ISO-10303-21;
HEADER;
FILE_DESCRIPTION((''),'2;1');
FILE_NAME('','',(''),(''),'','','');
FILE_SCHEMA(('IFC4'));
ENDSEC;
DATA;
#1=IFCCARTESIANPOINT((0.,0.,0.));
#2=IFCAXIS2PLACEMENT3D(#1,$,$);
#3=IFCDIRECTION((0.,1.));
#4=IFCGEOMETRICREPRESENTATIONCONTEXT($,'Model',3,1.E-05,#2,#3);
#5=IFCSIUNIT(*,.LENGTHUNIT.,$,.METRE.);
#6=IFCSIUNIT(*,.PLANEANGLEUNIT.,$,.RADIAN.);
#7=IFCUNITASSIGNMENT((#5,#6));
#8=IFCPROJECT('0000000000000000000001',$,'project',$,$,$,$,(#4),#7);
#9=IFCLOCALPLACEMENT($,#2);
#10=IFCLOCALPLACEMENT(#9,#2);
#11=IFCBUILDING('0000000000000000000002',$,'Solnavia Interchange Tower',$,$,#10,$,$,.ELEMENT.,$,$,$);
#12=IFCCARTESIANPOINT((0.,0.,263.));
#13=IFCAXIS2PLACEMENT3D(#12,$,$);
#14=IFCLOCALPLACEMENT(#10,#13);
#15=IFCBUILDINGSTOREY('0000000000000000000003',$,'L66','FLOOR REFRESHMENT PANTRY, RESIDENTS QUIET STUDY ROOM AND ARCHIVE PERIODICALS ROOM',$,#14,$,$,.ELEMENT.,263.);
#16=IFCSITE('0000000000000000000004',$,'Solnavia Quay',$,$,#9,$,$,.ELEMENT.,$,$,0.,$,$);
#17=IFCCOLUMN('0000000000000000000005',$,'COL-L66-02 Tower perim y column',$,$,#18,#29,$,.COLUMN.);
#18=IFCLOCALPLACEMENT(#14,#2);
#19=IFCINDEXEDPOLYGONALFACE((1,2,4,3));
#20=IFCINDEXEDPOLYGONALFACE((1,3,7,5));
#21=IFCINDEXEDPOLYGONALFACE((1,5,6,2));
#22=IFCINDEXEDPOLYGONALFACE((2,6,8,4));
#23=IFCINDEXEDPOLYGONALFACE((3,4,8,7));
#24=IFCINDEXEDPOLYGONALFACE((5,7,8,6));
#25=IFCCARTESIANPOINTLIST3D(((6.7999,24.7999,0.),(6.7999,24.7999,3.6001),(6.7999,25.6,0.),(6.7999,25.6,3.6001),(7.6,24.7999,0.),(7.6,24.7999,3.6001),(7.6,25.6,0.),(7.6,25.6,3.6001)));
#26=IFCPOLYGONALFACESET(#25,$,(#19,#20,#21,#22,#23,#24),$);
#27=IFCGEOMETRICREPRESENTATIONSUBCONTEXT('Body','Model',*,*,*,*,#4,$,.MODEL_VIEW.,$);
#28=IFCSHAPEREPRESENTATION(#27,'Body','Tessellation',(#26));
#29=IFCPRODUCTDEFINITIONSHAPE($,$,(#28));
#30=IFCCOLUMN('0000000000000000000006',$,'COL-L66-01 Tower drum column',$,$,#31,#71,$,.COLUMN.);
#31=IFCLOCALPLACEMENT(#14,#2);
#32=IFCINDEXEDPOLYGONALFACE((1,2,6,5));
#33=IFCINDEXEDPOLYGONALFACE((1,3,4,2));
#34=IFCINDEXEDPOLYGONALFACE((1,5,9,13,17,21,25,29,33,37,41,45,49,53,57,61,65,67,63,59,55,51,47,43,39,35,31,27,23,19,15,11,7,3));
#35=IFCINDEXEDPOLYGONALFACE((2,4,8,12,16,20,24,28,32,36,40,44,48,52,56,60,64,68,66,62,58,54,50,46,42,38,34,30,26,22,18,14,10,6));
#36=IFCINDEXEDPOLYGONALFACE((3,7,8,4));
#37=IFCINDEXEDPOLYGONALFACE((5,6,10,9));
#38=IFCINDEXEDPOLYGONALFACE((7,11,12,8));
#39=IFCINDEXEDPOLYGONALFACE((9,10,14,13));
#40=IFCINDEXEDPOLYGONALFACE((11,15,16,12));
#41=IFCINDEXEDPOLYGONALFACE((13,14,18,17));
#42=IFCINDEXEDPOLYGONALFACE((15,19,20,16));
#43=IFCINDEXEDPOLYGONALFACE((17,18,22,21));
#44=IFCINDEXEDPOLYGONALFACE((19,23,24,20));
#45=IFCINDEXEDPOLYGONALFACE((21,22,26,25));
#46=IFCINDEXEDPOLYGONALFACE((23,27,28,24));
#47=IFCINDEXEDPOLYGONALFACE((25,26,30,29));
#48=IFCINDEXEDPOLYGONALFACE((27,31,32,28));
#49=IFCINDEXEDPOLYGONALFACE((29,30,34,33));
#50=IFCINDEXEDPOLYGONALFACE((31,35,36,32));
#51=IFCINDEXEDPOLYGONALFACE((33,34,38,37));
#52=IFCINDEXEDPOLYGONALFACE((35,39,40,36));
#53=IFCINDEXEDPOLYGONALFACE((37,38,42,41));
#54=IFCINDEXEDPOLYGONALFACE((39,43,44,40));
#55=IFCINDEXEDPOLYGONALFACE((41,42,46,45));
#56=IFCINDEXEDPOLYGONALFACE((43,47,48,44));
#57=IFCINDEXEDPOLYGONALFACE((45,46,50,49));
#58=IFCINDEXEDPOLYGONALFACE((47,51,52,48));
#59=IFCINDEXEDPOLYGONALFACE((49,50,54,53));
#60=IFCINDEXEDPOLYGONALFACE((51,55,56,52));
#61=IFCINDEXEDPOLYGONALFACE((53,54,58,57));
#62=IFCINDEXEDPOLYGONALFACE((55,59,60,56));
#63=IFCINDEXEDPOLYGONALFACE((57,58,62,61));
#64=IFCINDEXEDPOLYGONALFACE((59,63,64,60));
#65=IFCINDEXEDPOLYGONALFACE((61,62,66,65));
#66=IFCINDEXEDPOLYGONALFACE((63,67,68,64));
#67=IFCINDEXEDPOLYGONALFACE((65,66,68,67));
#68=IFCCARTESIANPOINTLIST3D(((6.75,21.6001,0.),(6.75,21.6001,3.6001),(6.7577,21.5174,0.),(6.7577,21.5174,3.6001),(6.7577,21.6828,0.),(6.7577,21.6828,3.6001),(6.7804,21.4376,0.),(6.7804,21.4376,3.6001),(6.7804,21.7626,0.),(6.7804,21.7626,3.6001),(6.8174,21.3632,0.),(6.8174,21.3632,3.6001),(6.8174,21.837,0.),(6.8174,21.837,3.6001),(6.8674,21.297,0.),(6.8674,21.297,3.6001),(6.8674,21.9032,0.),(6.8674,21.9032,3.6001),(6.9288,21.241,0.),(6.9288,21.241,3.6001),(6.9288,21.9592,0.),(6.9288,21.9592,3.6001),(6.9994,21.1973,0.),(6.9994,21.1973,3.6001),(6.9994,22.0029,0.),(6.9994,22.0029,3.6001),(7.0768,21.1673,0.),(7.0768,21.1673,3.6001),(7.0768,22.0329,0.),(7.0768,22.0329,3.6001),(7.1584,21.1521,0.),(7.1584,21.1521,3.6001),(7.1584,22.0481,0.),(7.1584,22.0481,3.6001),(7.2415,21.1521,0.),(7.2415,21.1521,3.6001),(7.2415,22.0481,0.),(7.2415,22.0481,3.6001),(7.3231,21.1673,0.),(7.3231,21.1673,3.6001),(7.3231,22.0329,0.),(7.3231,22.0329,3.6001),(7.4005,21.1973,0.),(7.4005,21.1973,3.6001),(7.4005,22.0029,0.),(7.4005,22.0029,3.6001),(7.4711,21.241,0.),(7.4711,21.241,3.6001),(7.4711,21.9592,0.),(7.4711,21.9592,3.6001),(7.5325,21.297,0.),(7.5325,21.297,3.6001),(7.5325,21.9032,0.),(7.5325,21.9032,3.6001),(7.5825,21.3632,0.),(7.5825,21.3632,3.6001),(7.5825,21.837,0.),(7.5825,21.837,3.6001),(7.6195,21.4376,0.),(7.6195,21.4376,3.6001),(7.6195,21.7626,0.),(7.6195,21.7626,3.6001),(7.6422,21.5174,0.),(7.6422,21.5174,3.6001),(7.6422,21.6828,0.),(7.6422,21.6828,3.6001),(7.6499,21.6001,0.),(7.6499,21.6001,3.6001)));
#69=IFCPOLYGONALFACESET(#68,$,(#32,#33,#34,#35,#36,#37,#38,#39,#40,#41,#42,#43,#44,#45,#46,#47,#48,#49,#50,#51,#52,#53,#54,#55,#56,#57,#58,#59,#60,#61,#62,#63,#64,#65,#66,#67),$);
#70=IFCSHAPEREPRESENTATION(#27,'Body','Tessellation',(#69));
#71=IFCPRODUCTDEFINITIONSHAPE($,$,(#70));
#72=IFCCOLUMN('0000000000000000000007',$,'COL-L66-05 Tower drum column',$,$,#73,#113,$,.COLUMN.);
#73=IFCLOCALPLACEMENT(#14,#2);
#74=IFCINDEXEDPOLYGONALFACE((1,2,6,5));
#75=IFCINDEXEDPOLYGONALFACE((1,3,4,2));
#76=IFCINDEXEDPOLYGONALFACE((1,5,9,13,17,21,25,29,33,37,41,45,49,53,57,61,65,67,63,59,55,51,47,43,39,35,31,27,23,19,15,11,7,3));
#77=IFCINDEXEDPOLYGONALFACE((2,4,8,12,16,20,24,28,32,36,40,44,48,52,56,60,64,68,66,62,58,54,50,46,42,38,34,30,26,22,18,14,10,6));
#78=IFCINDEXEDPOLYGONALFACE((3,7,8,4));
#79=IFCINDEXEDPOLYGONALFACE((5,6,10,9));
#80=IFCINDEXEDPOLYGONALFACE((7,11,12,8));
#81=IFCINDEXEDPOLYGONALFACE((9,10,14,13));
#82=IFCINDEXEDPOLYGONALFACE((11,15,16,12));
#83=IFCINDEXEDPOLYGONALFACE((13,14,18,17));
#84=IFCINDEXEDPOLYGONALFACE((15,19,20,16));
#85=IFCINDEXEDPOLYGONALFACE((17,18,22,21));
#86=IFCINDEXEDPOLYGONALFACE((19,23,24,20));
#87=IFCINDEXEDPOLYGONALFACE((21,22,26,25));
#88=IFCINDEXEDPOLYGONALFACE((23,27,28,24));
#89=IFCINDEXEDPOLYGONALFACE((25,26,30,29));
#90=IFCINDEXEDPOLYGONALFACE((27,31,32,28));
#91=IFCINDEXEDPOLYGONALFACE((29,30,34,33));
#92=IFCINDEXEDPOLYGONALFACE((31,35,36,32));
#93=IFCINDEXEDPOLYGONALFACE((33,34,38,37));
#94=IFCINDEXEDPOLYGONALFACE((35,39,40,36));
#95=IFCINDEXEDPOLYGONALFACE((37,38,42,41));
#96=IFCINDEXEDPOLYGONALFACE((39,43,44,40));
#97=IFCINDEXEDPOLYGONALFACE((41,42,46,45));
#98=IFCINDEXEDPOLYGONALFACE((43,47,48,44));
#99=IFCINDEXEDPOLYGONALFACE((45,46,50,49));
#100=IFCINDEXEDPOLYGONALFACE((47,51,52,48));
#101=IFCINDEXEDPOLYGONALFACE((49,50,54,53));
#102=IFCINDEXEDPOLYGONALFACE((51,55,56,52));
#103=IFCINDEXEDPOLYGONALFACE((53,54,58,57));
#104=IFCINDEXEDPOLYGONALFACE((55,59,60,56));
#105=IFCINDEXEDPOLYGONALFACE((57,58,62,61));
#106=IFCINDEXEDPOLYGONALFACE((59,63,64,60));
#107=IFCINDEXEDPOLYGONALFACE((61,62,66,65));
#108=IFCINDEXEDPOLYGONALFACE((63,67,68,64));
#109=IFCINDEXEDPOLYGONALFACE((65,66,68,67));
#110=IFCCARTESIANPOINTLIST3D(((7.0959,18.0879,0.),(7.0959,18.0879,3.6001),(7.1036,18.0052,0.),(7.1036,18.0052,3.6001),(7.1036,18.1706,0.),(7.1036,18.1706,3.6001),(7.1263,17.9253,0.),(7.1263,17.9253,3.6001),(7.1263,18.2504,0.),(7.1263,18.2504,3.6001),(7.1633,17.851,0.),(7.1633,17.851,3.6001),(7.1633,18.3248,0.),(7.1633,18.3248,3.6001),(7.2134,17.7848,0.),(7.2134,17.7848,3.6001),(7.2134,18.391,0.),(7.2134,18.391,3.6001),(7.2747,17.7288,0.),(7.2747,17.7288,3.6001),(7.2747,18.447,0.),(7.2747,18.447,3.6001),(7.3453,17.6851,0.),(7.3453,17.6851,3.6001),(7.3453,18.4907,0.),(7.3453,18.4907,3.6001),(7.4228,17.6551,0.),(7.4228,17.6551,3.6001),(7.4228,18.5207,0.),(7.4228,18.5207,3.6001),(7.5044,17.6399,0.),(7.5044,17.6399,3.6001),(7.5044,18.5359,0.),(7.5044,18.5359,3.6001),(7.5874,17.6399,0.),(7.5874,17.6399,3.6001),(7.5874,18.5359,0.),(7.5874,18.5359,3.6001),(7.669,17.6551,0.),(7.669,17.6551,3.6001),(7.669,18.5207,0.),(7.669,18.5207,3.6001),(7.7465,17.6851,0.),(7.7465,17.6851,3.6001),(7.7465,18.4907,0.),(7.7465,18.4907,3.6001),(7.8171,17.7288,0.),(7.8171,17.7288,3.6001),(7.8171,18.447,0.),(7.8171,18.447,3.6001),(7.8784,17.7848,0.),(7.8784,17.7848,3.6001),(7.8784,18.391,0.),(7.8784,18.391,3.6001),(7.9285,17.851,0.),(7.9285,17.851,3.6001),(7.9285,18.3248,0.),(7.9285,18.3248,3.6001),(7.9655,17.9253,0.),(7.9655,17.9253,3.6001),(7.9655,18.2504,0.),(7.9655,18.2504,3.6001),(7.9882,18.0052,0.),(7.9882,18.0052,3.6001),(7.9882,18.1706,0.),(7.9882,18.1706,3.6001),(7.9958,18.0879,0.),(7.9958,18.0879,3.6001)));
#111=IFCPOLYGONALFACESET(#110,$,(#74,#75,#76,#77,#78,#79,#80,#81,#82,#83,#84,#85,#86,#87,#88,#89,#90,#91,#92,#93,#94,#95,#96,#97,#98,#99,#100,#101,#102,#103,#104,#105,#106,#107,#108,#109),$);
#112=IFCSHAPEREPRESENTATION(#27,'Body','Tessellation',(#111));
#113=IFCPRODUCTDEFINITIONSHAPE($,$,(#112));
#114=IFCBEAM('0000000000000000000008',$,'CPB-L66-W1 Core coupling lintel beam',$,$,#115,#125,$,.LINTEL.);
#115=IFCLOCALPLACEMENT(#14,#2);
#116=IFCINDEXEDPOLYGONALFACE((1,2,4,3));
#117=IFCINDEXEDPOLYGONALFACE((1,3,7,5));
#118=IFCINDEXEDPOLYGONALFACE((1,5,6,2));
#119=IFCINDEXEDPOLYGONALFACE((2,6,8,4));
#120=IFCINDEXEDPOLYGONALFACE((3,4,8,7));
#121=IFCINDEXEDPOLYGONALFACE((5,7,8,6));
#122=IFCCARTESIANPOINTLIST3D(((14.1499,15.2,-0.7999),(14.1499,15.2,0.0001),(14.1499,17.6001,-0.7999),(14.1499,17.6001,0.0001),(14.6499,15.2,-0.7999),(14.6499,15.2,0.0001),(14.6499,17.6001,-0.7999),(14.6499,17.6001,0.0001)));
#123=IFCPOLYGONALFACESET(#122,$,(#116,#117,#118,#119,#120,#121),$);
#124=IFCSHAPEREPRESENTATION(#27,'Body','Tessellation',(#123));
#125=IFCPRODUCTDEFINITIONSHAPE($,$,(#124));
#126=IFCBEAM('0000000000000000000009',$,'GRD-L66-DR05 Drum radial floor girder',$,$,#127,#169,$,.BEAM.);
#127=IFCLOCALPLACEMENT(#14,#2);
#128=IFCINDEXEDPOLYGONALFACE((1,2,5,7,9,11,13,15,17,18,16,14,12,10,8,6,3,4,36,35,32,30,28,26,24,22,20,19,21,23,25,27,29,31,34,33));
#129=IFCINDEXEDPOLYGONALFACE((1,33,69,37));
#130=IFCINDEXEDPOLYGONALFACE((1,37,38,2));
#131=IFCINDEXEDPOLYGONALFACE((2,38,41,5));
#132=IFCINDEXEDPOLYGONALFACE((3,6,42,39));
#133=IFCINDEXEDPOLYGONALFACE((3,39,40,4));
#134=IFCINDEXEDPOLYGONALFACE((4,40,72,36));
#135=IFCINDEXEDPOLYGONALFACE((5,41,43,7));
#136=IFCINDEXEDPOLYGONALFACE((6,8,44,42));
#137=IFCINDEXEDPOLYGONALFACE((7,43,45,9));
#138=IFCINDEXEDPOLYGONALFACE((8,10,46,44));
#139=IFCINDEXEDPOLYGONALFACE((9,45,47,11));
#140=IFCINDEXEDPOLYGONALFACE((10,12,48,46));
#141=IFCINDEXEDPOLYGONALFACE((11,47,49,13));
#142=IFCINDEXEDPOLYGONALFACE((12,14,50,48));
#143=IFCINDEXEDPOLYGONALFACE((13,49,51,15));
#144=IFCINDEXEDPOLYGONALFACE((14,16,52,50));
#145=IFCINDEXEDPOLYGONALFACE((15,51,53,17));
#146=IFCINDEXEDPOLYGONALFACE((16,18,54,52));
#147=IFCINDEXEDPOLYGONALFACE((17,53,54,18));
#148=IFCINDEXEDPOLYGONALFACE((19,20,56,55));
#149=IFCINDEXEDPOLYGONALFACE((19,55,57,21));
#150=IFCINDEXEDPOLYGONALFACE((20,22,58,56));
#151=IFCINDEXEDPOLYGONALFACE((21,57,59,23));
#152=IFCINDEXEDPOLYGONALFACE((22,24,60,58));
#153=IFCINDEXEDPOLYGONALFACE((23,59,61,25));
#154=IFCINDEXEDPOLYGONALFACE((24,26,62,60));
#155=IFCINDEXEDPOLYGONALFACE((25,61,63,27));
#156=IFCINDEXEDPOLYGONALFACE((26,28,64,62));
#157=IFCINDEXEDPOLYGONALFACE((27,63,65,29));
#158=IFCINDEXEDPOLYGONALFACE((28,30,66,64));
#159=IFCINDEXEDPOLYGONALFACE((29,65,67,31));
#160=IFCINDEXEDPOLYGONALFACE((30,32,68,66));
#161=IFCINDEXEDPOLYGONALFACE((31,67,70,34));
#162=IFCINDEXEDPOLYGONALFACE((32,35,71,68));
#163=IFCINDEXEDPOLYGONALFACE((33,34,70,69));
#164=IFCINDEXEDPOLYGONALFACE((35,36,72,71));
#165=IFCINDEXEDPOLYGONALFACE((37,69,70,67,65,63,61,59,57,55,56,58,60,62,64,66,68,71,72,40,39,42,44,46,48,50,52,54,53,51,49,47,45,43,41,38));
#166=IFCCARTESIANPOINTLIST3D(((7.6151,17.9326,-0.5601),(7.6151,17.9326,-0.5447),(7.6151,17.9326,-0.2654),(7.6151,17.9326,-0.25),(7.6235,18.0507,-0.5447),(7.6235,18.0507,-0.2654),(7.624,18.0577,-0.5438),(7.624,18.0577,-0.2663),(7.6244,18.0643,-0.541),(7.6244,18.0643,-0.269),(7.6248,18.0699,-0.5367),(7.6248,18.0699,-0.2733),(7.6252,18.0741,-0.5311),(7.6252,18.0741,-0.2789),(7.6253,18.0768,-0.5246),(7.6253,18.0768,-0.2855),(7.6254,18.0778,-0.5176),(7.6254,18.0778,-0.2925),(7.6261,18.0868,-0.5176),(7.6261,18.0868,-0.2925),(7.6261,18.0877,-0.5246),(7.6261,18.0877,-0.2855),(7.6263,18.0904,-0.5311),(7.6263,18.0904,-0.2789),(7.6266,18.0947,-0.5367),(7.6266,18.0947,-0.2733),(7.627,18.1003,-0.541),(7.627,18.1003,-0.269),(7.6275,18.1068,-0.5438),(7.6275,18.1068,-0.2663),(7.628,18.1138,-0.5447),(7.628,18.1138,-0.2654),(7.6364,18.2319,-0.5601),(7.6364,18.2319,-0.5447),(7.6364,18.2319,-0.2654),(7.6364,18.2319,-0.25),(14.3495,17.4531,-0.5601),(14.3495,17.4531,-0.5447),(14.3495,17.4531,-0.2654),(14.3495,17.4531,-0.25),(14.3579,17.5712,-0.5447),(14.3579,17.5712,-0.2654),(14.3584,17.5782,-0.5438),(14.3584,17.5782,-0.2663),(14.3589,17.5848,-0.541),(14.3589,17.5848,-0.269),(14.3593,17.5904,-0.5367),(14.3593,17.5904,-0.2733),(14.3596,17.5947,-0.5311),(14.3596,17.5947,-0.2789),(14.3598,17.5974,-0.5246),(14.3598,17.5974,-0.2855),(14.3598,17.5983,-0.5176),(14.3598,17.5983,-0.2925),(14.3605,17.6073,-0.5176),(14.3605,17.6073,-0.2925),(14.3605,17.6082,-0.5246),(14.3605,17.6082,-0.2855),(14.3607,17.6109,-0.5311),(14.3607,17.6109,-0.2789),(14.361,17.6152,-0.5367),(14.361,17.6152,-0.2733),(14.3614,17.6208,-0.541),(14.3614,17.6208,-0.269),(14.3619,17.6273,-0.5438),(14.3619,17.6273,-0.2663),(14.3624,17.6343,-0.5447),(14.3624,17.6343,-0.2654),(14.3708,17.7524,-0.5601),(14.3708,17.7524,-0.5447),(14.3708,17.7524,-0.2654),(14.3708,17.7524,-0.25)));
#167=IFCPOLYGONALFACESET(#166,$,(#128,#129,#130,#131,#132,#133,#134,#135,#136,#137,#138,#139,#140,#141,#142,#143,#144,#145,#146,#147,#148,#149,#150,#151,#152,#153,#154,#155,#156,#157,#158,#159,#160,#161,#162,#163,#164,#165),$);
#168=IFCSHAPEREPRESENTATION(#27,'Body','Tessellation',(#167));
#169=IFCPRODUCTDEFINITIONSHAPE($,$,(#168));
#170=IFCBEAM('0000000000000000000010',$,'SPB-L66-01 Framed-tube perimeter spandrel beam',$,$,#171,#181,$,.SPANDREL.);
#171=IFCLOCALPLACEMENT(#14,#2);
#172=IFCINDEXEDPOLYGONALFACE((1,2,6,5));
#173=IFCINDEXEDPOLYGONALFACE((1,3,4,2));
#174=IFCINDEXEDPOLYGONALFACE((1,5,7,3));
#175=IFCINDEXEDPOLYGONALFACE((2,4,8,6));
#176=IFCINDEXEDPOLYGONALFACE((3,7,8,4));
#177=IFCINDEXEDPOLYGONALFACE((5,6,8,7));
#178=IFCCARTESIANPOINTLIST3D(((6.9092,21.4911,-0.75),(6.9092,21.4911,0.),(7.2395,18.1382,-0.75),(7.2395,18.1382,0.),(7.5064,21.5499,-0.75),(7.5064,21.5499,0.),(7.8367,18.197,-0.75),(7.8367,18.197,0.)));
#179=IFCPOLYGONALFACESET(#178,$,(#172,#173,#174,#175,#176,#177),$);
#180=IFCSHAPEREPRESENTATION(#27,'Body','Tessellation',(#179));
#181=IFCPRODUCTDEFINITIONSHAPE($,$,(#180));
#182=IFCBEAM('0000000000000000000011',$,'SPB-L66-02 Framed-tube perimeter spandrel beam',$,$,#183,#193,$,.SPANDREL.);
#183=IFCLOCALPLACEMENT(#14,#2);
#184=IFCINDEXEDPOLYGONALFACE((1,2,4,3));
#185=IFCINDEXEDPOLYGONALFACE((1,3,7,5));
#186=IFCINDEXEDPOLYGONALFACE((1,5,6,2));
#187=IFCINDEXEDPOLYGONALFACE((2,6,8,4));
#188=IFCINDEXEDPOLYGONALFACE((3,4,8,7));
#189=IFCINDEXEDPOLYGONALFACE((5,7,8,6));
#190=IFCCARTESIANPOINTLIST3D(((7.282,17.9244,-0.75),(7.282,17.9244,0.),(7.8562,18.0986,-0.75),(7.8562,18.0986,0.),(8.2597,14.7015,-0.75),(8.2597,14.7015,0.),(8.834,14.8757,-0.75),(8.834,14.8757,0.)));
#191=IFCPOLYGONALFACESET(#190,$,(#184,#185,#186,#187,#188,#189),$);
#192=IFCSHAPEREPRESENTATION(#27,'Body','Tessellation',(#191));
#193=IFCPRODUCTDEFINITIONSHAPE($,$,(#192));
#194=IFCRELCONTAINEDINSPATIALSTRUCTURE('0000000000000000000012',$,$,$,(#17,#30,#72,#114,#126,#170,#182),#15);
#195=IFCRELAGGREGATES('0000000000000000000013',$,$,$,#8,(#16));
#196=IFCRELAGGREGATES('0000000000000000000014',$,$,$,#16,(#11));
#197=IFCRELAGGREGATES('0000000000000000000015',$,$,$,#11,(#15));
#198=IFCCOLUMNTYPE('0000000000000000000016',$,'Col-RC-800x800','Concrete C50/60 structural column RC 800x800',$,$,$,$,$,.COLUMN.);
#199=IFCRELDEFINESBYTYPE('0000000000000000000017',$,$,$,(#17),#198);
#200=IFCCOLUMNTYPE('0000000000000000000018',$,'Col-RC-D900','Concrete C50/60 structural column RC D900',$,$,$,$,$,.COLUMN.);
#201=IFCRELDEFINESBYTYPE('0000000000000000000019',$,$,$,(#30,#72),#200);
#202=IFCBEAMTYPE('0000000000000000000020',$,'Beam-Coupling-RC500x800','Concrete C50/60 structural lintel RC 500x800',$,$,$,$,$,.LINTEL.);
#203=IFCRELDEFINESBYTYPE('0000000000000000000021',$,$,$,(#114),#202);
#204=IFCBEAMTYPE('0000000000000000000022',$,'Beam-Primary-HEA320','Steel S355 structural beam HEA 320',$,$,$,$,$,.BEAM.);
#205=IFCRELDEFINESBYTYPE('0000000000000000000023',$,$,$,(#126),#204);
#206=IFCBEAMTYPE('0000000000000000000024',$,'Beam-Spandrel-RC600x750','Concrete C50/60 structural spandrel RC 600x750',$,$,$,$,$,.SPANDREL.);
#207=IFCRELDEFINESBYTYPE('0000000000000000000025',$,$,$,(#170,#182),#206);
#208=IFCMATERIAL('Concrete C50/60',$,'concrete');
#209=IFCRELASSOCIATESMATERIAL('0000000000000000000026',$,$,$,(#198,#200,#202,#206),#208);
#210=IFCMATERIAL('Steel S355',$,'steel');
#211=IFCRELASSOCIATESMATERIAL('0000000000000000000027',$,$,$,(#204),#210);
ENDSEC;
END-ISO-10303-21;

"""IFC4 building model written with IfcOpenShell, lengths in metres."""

from ifc_helpers import new_model, si_unit, direction, frame, origin, origin_2d, place, context, subcontext, project, spatial, rectangle, circle, i_section, extrude, material, material_profile, profile_set, type_object, element, save


model = new_model("IFC4")

# Units and contexts
model_context = context("Model", 3, precision=1e-05, world=origin(), true_north=direction((0.0, 1.0)))
body_context = subcontext(model_context, "Body", "Model", "MODEL_VIEW")
ifc_project = project(units=[si_unit("LENGTHUNIT", "METRE"), si_unit("PLANEANGLEUNIT", "RADIAN")], contexts=[model_context])

# Site, building, storey
site_placement = place(None, origin())
site = spatial("IfcSite", under=ifc_project, at=site_placement, Name="Solnavia Quay", CompositionType="ELEMENT", RefElevation=0.0)
building_placement = place(site_placement, origin())
building = spatial("IfcBuilding", under=site, at=building_placement, Name="Solnavia Interchange Tower", CompositionType="ELEMENT")
storey_placement = place(building_placement, frame((0.0, 0.0, 263.0)))
storey = spatial("IfcBuildingStorey", under=building, at=storey_placement, Name="L66", Description="FLOOR REFRESHMENT PANTRY, RESIDENTS QUIET STUDY ROOM AND ARCHIVE PERIODICALS ROOM", CompositionType="ELEMENT", Elevation=263.0)

# Columns
ifc_material_1 = material(Name="Concrete C50/60", Category="concrete")
ifc_material_profile_1 = material_profile(ifc_material_1, rectangle(XDim=0.8, YDim=0.8, at=origin_2d()), Name="RC 800x800")
ifc_profile_set_1 = profile_set([ifc_material_profile_1], Name="Concrete C50/60")
column_type_1 = type_object("IfcColumnType", Name="Col-RC-800x800", Description="Concrete C50/60 structural column RC 800x800", PredefinedType="COLUMN", material=ifc_profile_set_1)
column_placement = place(storey_placement, frame((7.2, 25.2, 0.0), z_axis=(0.0, 0.0, 1.0), x_axis=(0.0, 1.0, 0.0)))
element("IfcColumn", 1, at=column_placement, inside=storey, type_object=column_type_1, Name="COL-L66-02 Tower perim y column", PredefinedType="COLUMN", context=body_context, shape_type="SweptSolid", body=[
    extrude(rectangle(XDim=0.8, YDim=0.8, at=origin_2d()), origin(), (0.0, 0.0, 1.0), 3.6001),
])
ifc_material_profile_2 = material_profile(ifc_material_1, circle(Radius=0.45, at=origin_2d()), Name="RC D900")
ifc_profile_set_2 = profile_set([ifc_material_profile_2], Name="Concrete C50/60")
column_type_2 = type_object("IfcColumnType", Name="Col-RC-D900", Description="Concrete C50/60 structural column RC D900", PredefinedType="COLUMN", material=ifc_profile_set_2)
for number, where, z_axis, x_axis, name in (
    (2, (7.2, 21.6001, 0.0), (0.0, 0.0, 1.0), (1.0, 0.0, 0.0), "COL-L66-01 Tower drum column"),
    (3, (7.5459, 18.0879, 0.0), (0.0, 0.0, 1.0), (1.0, 0.0, 0.0), "COL-L66-05 Tower drum column"),
):
    element("IfcColumn", number, at=place(storey_placement, frame(where, z_axis=z_axis, x_axis=x_axis)), inside=storey, type_object=column_type_2, Name=name, PredefinedType="COLUMN", context=body_context, shape_type="SweptSolid", body=[
        extrude(circle(Radius=0.45, at=origin_2d()), origin(), (0.0, 0.0, 1.0), 3.6001),
    ])

# Beams
ifc_material_profile_3 = material_profile(ifc_material_1, rectangle(XDim=0.5, YDim=0.8, at=origin_2d()), Name="RC 500x800")
ifc_profile_set_3 = profile_set([ifc_material_profile_3], Name="Concrete C50/60")
beam_type_1 = type_object("IfcBeamType", Name="Beam-Coupling-RC500x800", Description="Concrete C50/60 structural lintel RC 500x800", PredefinedType="LINTEL", material=ifc_profile_set_3)
beam_1_placement = place(storey_placement, frame((14.3999, 15.2, -0.3999), z_axis=(0.0, 1.0, 0.0), x_axis=(-1.0, 0.0, 0.0)))
element("IfcBeam", 4, at=beam_1_placement, inside=storey, type_object=beam_type_1, Name="CPB-L66-W1 Core coupling lintel beam", PredefinedType="LINTEL", context=body_context, shape_type="SweptSolid", body=[
    extrude(rectangle(XDim=0.5, YDim=0.8, at=origin_2d()), origin(), (0.0, 0.0, 1.0), 2.4001),
])
ifc_material_2 = material(Name="Steel S355", Category="steel")
ifc_material_profile_4 = material_profile(ifc_material_2, i_section(OverallWidth=0.3, OverallDepth=0.3101, WebThickness=0.009, FlangeThickness=0.0154, FilletRadius=0.0271, at=origin_2d()), Name="HEA 320")
ifc_profile_set_4 = profile_set([ifc_material_profile_4], Name="Steel S355")
beam_type_2 = type_object("IfcBeamType", Name="Beam-Primary-HEA320", Description="Steel S355 structural beam HEA 320", PredefinedType="BEAM", material=ifc_profile_set_4)
beam_2_placement = place(storey_placement, frame((7.6257, 18.0823, -0.405), z_axis=(0.997475, -0.071021, 0.0), x_axis=(0.071021, 0.997475, 0.0)))
element("IfcBeam", 5, at=beam_2_placement, inside=storey, type_object=beam_type_2, Name="GRD-L66-DR05 Drum radial floor girder", PredefinedType="BEAM", context=body_context, shape_type="SweptSolid", body=[
    extrude(i_section(OverallWidth=0.3, OverallDepth=0.3101, WebThickness=0.009, FlangeThickness=0.0154, FilletRadius=0.0271, at=origin_2d()), origin(), (0.0, 0.0, 1.0), 6.7515),
])
ifc_material_profile_5 = material_profile(ifc_material_1, rectangle(XDim=0.6001, YDim=0.75, at=origin_2d()), Name="RC 600x750")
ifc_profile_set_5 = profile_set([ifc_material_profile_5], Name="Concrete C50/60")
beam_type_3 = type_object("IfcBeamType", Name="Beam-Spandrel-RC600x750", Description="Concrete C50/60 structural spandrel RC 600x750", PredefinedType="SPANDREL", material=ifc_profile_set_5)
beam_3_placement = place(storey_placement, frame((7.2078, 21.5205, -0.375), z_axis=(0.09804, -0.995182, 0.0), x_axis=(0.995182, 0.09804, 0.0)))
element("IfcBeam", 6, at=beam_3_placement, inside=storey, type_object=beam_type_3, Name="SPB-L66-01 Framed-tube perimeter spandrel beam", PredefinedType="SPANDREL", context=body_context, shape_type="SweptSolid", body=[
    extrude(rectangle(XDim=0.6001, YDim=0.75, at=origin_2d()), origin(), (0.0, 0.0, 1.0), 3.3691),
])
beam_4_placement = place(storey_placement, frame((7.5691, 18.0115, -0.375), z_axis=(0.290319, -0.95693, 0.0), x_axis=(0.95693, 0.290319, 0.0)))
element("IfcBeam", 7, at=beam_4_placement, inside=storey, type_object=beam_type_3, Name="SPB-L66-02 Framed-tube perimeter spandrel beam", PredefinedType="SPANDREL", context=body_context, shape_type="SweptSolid", body=[
    extrude(rectangle(XDim=0.6001, YDim=0.75, at=origin_2d()), origin(), (0.0, 0.0, 1.0), 3.3679),
])

save(model, "model.ifc")
